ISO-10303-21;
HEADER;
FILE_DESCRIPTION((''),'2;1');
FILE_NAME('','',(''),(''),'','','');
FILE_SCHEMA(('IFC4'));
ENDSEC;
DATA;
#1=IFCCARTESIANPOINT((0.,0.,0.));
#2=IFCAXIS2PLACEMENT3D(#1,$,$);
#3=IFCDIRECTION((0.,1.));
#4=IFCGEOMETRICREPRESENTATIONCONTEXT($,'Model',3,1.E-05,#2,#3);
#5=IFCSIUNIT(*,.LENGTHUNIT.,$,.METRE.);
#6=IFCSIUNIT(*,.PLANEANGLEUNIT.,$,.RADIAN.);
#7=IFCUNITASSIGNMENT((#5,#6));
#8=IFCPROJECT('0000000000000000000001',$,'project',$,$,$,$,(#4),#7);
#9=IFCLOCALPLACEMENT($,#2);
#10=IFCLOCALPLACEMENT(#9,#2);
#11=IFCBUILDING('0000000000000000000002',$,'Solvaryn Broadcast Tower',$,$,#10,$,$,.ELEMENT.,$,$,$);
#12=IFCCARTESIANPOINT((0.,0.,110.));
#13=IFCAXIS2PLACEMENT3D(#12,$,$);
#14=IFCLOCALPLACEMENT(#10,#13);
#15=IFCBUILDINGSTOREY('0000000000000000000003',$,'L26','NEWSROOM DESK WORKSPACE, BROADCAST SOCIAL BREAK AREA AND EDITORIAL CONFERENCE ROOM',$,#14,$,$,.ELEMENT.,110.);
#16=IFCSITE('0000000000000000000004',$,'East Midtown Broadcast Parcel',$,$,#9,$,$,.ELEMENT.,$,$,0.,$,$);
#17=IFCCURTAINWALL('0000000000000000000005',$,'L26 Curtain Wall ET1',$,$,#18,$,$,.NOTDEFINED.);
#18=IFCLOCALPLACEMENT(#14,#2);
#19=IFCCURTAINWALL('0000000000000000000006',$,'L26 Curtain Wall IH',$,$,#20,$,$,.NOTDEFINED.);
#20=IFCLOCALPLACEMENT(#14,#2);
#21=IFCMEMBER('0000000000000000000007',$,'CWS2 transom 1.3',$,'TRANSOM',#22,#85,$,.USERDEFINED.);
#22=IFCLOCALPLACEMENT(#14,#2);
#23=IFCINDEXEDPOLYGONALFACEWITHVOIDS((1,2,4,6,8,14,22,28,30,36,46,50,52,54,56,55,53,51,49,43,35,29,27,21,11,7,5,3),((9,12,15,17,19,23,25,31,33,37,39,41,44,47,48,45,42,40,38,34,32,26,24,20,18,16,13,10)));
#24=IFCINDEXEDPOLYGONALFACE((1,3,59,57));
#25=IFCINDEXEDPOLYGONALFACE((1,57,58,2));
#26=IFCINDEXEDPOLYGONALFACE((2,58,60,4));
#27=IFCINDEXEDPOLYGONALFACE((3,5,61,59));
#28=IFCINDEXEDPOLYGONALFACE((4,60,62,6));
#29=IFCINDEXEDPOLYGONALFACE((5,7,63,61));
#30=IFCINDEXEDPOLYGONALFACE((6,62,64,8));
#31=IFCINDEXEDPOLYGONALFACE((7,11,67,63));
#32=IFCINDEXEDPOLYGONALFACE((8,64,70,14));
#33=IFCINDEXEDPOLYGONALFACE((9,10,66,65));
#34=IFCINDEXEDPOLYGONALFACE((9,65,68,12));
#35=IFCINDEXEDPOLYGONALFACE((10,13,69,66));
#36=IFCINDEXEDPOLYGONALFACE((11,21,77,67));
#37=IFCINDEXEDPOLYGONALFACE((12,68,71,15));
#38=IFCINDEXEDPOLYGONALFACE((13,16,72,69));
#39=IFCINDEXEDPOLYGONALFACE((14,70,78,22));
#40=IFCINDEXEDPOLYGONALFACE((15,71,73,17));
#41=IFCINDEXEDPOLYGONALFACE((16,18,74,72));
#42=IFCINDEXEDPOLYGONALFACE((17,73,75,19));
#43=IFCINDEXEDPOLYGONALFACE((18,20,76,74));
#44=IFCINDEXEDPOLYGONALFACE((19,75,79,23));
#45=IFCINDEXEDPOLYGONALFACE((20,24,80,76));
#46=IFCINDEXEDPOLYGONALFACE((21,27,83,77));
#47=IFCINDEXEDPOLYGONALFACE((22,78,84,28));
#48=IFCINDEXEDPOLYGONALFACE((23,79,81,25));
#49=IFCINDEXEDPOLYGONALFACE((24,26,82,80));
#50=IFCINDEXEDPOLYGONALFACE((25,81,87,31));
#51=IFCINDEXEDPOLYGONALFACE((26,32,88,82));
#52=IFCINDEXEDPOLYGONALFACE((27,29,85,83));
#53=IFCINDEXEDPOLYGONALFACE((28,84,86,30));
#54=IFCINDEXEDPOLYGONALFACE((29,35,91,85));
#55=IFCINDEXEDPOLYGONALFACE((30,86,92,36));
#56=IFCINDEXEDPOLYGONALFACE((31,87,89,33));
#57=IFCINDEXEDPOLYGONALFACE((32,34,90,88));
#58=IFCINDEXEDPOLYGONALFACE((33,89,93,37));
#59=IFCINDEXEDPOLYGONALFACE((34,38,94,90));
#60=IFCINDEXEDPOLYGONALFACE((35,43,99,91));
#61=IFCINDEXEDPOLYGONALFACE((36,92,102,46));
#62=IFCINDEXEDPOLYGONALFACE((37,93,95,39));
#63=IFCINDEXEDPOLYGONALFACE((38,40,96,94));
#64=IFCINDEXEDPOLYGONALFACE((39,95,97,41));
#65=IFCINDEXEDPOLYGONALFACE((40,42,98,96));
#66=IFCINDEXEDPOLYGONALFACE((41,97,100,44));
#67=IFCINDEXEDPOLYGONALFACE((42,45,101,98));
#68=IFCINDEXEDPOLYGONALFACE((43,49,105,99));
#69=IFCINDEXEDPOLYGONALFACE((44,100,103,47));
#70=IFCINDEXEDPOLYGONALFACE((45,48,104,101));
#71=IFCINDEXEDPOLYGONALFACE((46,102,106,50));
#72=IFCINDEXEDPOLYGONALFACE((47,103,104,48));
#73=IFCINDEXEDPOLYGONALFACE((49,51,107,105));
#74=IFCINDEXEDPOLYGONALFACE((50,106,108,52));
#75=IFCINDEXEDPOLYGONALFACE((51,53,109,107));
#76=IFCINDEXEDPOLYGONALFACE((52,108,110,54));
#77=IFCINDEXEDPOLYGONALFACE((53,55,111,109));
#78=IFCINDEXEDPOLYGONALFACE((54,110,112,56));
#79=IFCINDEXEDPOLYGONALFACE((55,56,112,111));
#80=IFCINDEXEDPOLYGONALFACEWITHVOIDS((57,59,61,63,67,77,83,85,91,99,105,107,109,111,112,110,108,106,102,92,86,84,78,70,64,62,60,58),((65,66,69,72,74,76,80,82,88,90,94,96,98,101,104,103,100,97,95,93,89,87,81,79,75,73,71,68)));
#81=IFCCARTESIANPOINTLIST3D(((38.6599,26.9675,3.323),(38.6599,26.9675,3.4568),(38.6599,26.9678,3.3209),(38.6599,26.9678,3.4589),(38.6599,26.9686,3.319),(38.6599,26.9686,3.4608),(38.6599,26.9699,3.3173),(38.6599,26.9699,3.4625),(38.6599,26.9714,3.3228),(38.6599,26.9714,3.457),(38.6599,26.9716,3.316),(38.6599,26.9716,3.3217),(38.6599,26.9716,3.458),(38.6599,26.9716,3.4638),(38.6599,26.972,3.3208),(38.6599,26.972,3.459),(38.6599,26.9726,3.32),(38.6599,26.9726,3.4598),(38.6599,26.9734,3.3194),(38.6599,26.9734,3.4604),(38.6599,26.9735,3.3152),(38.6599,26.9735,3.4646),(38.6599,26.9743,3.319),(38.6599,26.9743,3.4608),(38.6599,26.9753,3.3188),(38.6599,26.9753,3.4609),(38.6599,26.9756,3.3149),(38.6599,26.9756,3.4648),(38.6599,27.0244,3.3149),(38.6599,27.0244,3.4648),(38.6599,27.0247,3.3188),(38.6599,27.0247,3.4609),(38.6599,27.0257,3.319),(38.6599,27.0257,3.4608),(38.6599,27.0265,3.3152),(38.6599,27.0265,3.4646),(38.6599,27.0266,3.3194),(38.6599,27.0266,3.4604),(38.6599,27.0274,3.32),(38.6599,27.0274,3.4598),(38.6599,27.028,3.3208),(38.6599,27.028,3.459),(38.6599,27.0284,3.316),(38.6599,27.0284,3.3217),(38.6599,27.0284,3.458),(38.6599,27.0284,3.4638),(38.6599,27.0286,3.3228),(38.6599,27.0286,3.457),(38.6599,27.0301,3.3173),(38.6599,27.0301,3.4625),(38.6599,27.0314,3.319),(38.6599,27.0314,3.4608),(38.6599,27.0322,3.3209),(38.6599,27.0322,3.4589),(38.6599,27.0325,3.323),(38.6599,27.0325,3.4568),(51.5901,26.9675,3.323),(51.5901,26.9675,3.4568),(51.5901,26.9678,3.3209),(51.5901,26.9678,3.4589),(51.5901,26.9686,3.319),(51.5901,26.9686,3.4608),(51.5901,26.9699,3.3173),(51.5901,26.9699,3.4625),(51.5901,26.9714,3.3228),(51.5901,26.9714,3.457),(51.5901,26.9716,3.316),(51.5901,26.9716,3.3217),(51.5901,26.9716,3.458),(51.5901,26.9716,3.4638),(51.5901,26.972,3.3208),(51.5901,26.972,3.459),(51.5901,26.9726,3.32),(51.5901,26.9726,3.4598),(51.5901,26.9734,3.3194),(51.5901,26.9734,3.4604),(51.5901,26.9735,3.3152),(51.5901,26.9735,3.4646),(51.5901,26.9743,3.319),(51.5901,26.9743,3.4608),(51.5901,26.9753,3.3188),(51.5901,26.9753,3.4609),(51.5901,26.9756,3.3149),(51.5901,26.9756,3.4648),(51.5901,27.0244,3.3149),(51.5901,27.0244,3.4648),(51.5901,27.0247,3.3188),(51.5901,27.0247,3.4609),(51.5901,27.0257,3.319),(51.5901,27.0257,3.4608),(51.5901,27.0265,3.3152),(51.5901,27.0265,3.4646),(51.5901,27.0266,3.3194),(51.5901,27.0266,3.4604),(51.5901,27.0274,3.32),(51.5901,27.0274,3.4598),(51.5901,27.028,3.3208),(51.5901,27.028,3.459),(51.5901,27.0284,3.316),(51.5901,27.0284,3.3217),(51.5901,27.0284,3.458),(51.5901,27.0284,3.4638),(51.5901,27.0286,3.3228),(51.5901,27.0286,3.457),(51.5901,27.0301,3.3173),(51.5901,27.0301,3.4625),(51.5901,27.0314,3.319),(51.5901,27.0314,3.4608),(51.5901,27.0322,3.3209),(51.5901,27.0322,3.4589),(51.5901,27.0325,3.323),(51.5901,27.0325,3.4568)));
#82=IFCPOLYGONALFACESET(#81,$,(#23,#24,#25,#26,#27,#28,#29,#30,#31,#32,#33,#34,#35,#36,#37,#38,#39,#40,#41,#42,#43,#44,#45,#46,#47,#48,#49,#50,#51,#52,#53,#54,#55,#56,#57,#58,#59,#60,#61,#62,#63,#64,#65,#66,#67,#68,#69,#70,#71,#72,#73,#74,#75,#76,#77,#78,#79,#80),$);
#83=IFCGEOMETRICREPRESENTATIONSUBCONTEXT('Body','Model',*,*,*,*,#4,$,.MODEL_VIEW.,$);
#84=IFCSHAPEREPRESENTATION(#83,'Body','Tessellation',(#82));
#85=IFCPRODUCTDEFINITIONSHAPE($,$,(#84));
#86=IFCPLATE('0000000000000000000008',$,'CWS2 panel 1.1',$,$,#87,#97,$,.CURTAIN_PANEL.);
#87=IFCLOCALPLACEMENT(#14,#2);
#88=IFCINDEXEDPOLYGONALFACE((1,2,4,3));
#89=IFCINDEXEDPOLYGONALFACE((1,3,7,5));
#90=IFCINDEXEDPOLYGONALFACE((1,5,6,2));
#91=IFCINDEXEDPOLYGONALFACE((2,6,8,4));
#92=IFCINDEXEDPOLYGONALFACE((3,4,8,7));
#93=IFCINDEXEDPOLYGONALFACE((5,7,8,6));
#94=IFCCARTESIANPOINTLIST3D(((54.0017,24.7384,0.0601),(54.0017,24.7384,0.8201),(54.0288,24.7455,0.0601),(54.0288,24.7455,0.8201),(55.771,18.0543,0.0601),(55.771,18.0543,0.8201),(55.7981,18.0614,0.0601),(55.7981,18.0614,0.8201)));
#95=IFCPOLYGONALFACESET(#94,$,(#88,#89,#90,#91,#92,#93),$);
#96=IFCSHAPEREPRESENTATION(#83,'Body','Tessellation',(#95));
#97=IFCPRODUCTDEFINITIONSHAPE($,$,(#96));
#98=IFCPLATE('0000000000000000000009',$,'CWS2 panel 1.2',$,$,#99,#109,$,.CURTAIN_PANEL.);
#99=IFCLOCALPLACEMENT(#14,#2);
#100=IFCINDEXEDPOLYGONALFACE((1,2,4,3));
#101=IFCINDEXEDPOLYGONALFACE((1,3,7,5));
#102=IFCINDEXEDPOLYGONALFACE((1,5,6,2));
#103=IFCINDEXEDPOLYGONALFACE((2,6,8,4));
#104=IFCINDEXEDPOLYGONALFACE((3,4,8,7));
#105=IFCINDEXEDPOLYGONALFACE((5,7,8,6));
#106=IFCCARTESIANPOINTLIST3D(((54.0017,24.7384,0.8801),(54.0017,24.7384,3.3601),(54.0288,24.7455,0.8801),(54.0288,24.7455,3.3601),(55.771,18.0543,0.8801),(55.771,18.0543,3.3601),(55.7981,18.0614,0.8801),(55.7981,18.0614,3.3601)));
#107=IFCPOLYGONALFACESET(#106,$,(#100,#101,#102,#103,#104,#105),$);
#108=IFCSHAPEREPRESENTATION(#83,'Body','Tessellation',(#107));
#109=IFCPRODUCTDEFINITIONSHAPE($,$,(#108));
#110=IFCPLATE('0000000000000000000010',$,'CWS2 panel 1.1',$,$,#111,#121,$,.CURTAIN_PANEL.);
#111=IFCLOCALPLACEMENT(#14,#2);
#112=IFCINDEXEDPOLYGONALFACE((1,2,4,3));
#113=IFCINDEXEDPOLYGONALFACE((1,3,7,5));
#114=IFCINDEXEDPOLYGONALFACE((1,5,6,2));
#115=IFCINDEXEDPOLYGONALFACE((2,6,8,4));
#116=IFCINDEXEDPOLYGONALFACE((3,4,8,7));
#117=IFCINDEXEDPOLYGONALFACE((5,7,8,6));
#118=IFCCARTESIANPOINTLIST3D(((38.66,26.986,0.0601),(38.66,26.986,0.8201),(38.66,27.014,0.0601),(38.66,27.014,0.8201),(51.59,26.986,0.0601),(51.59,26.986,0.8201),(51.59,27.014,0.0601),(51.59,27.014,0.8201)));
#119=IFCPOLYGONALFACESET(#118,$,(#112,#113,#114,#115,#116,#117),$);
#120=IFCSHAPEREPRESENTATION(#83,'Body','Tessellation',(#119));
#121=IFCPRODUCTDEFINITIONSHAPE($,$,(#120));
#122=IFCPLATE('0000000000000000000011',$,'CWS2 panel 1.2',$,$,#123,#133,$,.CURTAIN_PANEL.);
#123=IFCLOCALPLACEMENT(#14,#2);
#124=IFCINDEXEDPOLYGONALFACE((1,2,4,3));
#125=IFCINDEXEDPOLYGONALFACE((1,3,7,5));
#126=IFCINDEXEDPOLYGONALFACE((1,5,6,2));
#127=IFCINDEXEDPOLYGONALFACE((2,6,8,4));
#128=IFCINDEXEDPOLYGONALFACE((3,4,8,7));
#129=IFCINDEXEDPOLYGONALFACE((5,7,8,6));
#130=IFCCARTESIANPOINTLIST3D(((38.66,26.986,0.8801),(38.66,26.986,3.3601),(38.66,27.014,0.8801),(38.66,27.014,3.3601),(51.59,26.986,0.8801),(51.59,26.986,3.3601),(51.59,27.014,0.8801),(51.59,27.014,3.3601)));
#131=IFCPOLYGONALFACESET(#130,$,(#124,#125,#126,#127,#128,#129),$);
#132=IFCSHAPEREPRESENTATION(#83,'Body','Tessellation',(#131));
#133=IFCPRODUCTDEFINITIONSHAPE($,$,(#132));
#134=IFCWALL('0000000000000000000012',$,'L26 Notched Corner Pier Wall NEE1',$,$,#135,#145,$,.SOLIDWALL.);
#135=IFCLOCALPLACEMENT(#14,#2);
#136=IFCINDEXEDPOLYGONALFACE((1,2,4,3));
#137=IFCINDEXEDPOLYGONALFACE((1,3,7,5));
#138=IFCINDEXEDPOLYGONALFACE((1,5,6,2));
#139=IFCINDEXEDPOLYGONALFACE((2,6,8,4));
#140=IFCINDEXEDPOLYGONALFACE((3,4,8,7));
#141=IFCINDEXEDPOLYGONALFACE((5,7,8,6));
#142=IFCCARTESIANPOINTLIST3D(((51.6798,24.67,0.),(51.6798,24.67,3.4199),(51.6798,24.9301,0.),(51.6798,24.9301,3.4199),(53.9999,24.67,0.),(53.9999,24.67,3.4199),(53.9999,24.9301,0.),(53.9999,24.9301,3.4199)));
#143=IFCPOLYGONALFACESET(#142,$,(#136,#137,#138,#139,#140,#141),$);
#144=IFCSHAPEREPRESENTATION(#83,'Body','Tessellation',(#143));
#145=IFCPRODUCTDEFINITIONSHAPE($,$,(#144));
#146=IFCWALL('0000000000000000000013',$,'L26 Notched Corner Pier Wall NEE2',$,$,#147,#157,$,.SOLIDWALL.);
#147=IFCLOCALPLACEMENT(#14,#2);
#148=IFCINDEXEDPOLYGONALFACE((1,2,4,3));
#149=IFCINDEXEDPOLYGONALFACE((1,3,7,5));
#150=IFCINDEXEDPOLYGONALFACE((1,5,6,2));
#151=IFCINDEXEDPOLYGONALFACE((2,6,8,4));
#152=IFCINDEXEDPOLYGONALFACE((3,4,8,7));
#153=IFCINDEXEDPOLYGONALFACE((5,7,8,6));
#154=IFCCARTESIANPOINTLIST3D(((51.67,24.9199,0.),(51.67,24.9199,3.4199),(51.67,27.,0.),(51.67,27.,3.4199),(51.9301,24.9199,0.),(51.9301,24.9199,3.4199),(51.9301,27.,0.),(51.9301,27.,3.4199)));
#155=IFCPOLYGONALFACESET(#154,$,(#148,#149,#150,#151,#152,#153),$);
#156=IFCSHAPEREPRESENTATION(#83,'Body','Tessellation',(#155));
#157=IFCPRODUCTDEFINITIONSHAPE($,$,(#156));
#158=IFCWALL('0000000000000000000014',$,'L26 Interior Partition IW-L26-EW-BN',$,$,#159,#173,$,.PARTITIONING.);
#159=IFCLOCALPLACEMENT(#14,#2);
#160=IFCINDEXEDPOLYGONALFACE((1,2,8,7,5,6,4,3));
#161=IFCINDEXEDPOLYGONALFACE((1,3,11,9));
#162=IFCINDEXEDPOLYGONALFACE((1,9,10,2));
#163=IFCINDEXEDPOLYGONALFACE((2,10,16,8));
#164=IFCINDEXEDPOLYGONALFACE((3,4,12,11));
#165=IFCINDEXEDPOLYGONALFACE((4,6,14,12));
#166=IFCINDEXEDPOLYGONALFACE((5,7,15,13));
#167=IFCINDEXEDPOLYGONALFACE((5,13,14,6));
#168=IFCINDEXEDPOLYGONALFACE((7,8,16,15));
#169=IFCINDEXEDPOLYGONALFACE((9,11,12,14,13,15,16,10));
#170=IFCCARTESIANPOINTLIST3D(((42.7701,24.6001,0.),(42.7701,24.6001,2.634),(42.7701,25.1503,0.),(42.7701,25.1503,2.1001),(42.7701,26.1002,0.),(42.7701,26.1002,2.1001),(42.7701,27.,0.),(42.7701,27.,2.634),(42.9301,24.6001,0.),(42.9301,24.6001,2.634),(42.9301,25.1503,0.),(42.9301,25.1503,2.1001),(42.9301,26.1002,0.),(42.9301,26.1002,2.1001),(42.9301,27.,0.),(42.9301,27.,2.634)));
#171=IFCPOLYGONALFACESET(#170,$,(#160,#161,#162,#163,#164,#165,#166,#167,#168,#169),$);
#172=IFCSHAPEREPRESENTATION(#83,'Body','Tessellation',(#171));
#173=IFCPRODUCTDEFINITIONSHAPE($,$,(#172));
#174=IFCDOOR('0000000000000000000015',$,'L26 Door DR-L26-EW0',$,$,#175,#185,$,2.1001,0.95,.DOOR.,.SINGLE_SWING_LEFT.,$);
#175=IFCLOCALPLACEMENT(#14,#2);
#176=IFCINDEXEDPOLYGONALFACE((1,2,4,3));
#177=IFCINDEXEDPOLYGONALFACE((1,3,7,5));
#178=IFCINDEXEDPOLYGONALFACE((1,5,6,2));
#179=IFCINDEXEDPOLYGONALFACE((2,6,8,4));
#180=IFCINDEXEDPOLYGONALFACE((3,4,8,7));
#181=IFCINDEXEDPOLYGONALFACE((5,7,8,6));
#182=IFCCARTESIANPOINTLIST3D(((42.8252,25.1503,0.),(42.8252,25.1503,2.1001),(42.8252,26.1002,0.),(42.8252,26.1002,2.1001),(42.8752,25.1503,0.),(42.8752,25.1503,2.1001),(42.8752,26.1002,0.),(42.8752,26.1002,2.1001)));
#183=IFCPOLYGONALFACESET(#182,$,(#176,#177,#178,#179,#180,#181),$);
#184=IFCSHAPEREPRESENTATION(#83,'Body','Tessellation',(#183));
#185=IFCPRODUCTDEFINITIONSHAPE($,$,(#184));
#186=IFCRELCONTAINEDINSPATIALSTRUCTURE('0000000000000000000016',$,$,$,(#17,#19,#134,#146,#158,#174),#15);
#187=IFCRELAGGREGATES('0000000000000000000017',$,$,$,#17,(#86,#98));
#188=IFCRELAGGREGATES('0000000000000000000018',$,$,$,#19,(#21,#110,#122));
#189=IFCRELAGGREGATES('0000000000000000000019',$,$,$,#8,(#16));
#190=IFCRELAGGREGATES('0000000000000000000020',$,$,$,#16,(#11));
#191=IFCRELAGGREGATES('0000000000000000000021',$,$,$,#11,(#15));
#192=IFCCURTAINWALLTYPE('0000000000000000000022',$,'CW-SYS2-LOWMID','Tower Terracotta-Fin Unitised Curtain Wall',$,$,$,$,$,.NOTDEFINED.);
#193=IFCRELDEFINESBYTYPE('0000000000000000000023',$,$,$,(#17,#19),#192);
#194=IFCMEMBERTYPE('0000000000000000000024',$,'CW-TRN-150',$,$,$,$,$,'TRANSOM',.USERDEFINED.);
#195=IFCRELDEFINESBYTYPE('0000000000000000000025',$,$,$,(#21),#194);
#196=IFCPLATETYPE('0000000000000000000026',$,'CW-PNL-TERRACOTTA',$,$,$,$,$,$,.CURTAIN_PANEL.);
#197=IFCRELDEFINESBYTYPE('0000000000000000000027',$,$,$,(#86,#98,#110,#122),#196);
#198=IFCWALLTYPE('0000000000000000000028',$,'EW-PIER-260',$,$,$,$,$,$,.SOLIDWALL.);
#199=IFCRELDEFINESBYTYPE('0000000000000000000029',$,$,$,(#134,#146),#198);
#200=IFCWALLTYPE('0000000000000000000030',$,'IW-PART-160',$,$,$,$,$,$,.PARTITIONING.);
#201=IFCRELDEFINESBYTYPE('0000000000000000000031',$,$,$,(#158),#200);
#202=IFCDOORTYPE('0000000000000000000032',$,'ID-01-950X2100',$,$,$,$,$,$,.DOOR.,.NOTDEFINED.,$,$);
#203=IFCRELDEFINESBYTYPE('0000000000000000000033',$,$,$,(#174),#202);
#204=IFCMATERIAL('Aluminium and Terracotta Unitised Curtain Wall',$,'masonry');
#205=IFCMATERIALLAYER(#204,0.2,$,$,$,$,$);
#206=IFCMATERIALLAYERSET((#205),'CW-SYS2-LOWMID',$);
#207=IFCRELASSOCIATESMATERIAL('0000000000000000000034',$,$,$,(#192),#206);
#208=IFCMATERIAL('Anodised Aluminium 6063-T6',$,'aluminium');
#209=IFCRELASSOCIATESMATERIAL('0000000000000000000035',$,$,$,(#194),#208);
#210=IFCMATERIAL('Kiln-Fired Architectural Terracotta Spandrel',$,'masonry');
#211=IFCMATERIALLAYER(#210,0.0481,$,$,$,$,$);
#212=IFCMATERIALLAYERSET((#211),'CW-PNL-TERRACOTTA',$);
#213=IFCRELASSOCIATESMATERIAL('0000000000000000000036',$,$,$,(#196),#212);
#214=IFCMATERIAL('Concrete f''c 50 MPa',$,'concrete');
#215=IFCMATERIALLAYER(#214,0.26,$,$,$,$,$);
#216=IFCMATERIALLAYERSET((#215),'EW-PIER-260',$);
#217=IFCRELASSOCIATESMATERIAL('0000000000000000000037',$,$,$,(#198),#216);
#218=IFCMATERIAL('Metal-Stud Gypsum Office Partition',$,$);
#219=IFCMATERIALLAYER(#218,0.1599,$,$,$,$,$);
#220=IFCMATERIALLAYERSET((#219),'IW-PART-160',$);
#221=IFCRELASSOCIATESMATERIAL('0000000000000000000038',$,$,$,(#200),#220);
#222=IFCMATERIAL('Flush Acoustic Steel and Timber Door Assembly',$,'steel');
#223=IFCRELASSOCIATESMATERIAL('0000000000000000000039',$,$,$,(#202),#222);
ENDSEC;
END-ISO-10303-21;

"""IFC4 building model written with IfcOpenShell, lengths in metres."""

from ifc_helpers import new_model, si_unit, direction, frame, frame_2d, origin, origin_2d, place, context, subcontext, project, spatial, rectangle, hollow_rectangle, extrude, material, layer, layer_set, material_profile, profile_set, type_object, element, fill, aggregate, save


model = new_model("IFC4")

# Units and contexts
model_context = context("Model", 3, precision=1e-05, world=origin(), true_north=direction((0.0, 1.0)))
body_context = subcontext(model_context, "Body", "Model", "MODEL_VIEW")
ifc_project = project(units=[si_unit("LENGTHUNIT", "METRE"), si_unit("PLANEANGLEUNIT", "RADIAN")], contexts=[model_context])

# Site, building, storey
site_placement = place(None, origin())
site = spatial("IfcSite", under=ifc_project, at=site_placement, Name="East Midtown Broadcast Parcel", CompositionType="ELEMENT", RefElevation=0.0)
building_placement = place(site_placement, origin())
building = spatial("IfcBuilding", under=site, at=building_placement, Name="Solvaryn Broadcast Tower", CompositionType="ELEMENT")
storey_placement = place(building_placement, frame((0.0, 0.0, 110.0)))
storey = spatial("IfcBuildingStorey", under=building, at=storey_placement, Name="L26", Description="NEWSROOM DESK WORKSPACE, BROADCAST SOCIAL BREAK AREA AND EDITORIAL CONFERENCE ROOM", CompositionType="ELEMENT", Elevation=110.0)

# Curtain wall
ifc_material_1 = material(Name="Aluminium and Terracotta Unitised Curtain Wall", Category="masonry")
ifc_layer_1 = layer(ifc_material_1, 0.2)
ifc_layer_set_1 = layer_set([ifc_layer_1], Name="CW-SYS2-LOWMID")
curtain_wall_type = type_object("IfcCurtainWallType", Name="CW-SYS2-LOWMID", Description="Tower Terracotta-Fin Unitised Curtain Wall", PredefinedType="NOTDEFINED", material=ifc_layer_set_1)
curtain_wall_1_placement = place(storey_placement, origin())
curtain_wall_1 = element("IfcCurtainWall", 1, at=curtain_wall_1_placement, inside=storey, type_object=curtain_wall_type, Name="L26 Curtain Wall ET1", PredefinedType="NOTDEFINED")

# Curtain wall
curtain_wall_2_placement = place(storey_placement, origin())
curtain_wall_2 = element("IfcCurtainWall", 2, at=curtain_wall_2_placement, inside=storey, type_object=curtain_wall_type, Name="L26 Curtain Wall IH", PredefinedType="NOTDEFINED")

# Member
ifc_material_2 = material(Name="Anodised Aluminium 6063-T6", Category="aluminium")
ifc_material_profile_1 = material_profile(ifc_material_2, hollow_rectangle(XDim=0.0649, YDim=0.1499, WallThickness=0.0039, InnerFilletRadius=0.0039, OuterFilletRadius=0.0081, at=origin_2d()))
ifc_profile_set_1 = profile_set([ifc_material_profile_1], Name="Anodised Aluminium 6063-T6")
member_type_1 = type_object("IfcMemberType", Name="CW-TRN-150", ElementType="TRANSOM", PredefinedType="USERDEFINED", material=ifc_profile_set_1)
member_1_placement = place(storey_placement, frame((38.6599, 27.0, 3.3899), z_axis=(1.0, 0.0, 0.0), x_axis=(0.0, 1.0, 0.0)))
member_1 = element("IfcMember", 3, at=member_1_placement, type_object=member_type_1, Name="CWS2 transom 1.3", ObjectType="TRANSOM", PredefinedType="USERDEFINED", context=body_context, shape_type="SweptSolid", body=[
    extrude(hollow_rectangle(XDim=0.0649, YDim=0.1499, WallThickness=0.0039, InnerFilletRadius=0.0039, OuterFilletRadius=0.0081, at=origin_2d()), origin(), (0.0, 0.0, 1.0), 12.9302),
])

# Plates
ifc_material_3 = material(Name="Kiln-Fired Architectural Terracotta Spandrel", Category="masonry")
ifc_layer_2 = layer(ifc_material_3, 0.0481)
ifc_layer_set_2 = layer_set([ifc_layer_2], Name="CW-PNL-TERRACOTTA")
plate_type = type_object("IfcPlateType", Name="CW-PNL-TERRACOTTA", PredefinedType="CURTAIN_PANEL", material=ifc_layer_set_2)
plate_1_placement = place(storey_placement, frame((54.8999, 21.3999, 0.0601), z_axis=(0.0, 0.0, 1.0), x_axis=(0.255893, -0.966705, 0.0)))
plate_1 = element("IfcPlate", 4, at=plate_1_placement, type_object=plate_type, Name="CWS2 panel 1.1", PredefinedType="CURTAIN_PANEL", context=body_context, shape_type="SweptSolid", body=[
    extrude(rectangle(XDim=6.9143, YDim=0.0281, at=origin_2d()), origin(), (0.0, 0.0, 1.0), 0.76),
])
plate_2_placement = place(storey_placement, frame((54.8999, 21.3999, 0.8801), z_axis=(0.0, 0.0, 1.0), x_axis=(0.255893, -0.966705, 0.0)))
plate_2 = element("IfcPlate", 5, at=plate_2_placement, type_object=plate_type, Name="CWS2 panel 1.2", PredefinedType="CURTAIN_PANEL", context=body_context, shape_type="SweptSolid", body=[
    extrude(rectangle(XDim=6.9143, YDim=0.0281, at=origin_2d()), origin(), (0.0, 0.0, 1.0), 2.48),
])
aggregate(curtain_wall_1, [plate_1, plate_2])
plate_3_placement = place(storey_placement, frame((45.125, 27.0, 0.0601), z_axis=(0.0, 0.0, 1.0), x_axis=(1.0, 0.0, 0.0)))
plate_3 = element("IfcPlate", 6, at=plate_3_placement, type_object=plate_type, Name="CWS2 panel 1.1", PredefinedType="CURTAIN_PANEL", context=body_context, shape_type="SweptSolid", body=[
    extrude(rectangle(XDim=12.9299, YDim=0.0281, at=origin_2d()), origin(), (0.0, 0.0, 1.0), 0.76),
])
plate_4_placement = place(storey_placement, frame((45.125, 27.0, 0.8801), z_axis=(0.0, 0.0, 1.0), x_axis=(1.0, 0.0, 0.0)))
plate_4 = element("IfcPlate", 7, at=plate_4_placement, type_object=plate_type, Name="CWS2 panel 1.2", PredefinedType="CURTAIN_PANEL", context=body_context, shape_type="SweptSolid", body=[
    extrude(rectangle(XDim=12.9299, YDim=0.0281, at=origin_2d()), origin(), (0.0, 0.0, 1.0), 2.48),
])
aggregate(curtain_wall_2, [member_1, plate_3, plate_4])

# Walls
ifc_material_4 = material(Name="Concrete f'c 50 MPa", Category="concrete")
ifc_layer_3 = layer(ifc_material_4, 0.26)
ifc_layer_set_3 = layer_set([ifc_layer_3], Name="EW-PIER-260")
wall_type_1 = type_object("IfcWallType", Name="EW-PIER-260", PredefinedType="SOLIDWALL", material=ifc_layer_set_3)
wall_1_placement = place(storey_placement, frame((54.0, 24.8, 0.0), z_axis=(0.0, 0.0, 1.0), x_axis=(-1.0, 0.0, 0.0)))
element("IfcWall", 8, at=wall_1_placement, inside=storey, type_object=wall_type_1, Name="L26 Notched Corner Pier Wall NEE1", PredefinedType="SOLIDWALL", context=body_context, shape_type="SweptSolid", body=[
    extrude(rectangle(XDim=2.3201, YDim=0.26, at=frame_2d((1.1602, 0.0))), origin(), (0.0, 0.0, 1.0), 3.4199),
])
wall_2_placement = place(storey_placement, frame((51.8, 24.9199, 0.0), z_axis=(0.0, 0.0, 1.0), x_axis=(0.0, 1.0, 0.0)))
element("IfcWall", 9, at=wall_2_placement, inside=storey, type_object=wall_type_1, Name="L26 Notched Corner Pier Wall NEE2", PredefinedType="SOLIDWALL", context=body_context, shape_type="SweptSolid", body=[
    extrude(rectangle(XDim=2.0801, YDim=0.26, at=frame_2d((1.04, 0.0))), origin(), (0.0, 0.0, 1.0), 3.4199),
])

# Wall, opening, door
ifc_material_5 = material(Name="Metal-Stud Gypsum Office Partition")
ifc_layer_4 = layer(ifc_material_5, 0.1599)
ifc_layer_set_4 = layer_set([ifc_layer_4], Name="IW-PART-160")
wall_type_2 = type_object("IfcWallType", Name="IW-PART-160", PredefinedType="PARTITIONING", material=ifc_layer_set_4)
wall_3_placement = place(storey_placement, frame((42.8501, 24.6001, 0.0), z_axis=(0.0, 0.0, 1.0), x_axis=(0.0, 1.0, 0.0)))
wall_3 = element("IfcWall", 10, at=wall_3_placement, inside=storey, type_object=wall_type_2, Name="L26 Interior Partition IW-L26-EW-BN", PredefinedType="PARTITIONING", context=body_context, shape_type="SweptSolid", body=[
    extrude(rectangle(XDim=2.3999, YDim=0.1599, at=frame_2d((1.2, 0.0))), origin(), (0.0, 0.0, 1.0), 2.634),
])
opening_1_placement = place(wall_3_placement, frame((0.55, 0.0, 0.0)))
opening_1 = element("IfcOpeningElement", 11, at=opening_1_placement, cuts=wall_3, PredefinedType="OPENING", context=body_context, shape_type="SweptSolid", body=[
    extrude(rectangle(XDim=0.95, YDim=2.1001, at=frame_2d((0.4751, 1.05))), frame((0.0, 0.0901, 0.0), z_axis=(0.0, -1.0, 0.0), x_axis=(1.0, 0.0, 0.0)), (0.0, 0.0, 1.0), 0.1799),
])
ifc_material_6 = material(Name="Flush Acoustic Steel and Timber Door Assembly", Category="steel")
door_type_1 = type_object("IfcDoorType", Name="ID-01-950X2100", OperationType="NOTDEFINED", PredefinedType="DOOR", material=ifc_material_6)
door_1_placement = place(opening_1_placement, origin())
door_1 = element("IfcDoor", 12, at=door_1_placement, inside=storey, type_object=door_type_1, Name="L26 Door DR-L26-EW0", OperationType="SINGLE_SWING_LEFT", OverallHeight=2.1001, OverallWidth=0.95, PredefinedType="DOOR", context=body_context, shape_type="SweptSolid", body=[
    extrude(rectangle(XDim=0.95, YDim=2.1001, at=frame_2d((0.4751, 1.05))), frame((0.0, 0.0249, 0.0), z_axis=(0.0, -1.0, 0.0), x_axis=(1.0, 0.0, 0.0)), (0.0, 0.0, 1.0), 0.05),
])
fill(opening_1, door_1)

save(model, "model.ifc")
